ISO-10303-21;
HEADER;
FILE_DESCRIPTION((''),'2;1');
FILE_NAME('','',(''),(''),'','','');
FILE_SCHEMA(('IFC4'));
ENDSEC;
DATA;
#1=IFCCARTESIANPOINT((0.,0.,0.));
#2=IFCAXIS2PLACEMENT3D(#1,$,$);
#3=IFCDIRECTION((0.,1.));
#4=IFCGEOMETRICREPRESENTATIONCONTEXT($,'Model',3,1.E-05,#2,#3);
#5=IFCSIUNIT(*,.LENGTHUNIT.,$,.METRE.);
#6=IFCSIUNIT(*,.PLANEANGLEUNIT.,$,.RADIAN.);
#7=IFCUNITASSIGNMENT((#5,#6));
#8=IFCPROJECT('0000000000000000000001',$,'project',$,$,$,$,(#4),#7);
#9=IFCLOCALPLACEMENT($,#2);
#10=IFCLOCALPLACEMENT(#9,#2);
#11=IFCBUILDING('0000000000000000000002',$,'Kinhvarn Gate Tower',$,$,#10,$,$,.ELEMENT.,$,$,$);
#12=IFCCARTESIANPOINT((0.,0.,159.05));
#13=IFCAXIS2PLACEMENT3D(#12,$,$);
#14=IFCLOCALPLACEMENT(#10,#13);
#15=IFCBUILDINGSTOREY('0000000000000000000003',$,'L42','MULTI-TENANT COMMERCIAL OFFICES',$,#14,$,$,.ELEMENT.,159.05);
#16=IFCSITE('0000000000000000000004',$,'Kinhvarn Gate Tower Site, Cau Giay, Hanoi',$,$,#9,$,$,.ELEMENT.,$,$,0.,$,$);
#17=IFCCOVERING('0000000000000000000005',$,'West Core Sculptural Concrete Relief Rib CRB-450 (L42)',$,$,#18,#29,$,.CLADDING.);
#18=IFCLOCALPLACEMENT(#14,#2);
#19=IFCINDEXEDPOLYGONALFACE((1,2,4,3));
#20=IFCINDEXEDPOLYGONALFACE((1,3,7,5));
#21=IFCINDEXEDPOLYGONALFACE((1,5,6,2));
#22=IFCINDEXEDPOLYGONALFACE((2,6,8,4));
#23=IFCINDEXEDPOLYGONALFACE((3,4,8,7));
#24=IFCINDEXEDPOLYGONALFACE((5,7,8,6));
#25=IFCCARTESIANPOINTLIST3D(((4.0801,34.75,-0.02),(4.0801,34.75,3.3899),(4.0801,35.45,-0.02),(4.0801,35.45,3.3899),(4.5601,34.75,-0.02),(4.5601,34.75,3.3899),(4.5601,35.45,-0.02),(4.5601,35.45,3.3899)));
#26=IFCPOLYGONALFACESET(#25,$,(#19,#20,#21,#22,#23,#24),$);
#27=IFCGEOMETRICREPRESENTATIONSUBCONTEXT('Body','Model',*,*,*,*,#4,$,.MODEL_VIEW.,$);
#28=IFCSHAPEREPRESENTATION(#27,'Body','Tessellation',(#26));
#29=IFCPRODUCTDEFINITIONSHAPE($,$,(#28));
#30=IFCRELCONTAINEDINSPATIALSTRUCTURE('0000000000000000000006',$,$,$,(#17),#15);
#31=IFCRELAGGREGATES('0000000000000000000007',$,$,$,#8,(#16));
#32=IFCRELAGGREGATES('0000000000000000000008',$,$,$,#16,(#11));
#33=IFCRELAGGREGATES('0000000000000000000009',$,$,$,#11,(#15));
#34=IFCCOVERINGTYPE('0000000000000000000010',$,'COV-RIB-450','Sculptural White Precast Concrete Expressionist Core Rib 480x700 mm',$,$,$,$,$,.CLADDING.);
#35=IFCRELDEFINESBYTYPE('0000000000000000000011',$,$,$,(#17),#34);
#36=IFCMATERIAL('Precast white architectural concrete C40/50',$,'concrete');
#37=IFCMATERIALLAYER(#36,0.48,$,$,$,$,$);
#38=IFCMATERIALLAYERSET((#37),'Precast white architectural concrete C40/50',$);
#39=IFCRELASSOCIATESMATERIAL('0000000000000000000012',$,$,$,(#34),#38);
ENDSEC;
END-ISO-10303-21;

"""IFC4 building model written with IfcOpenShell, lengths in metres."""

from ifc_helpers import new_model, si_unit, direction, frame, origin, place, context, subcontext, project, spatial, polyline, outline, extrude, material, layer, layer_set, type_object, element, save


model = new_model("IFC4")

# Units and contexts
model_context = context("Model", 3, precision=1e-05, world=origin(), true_north=direction((0.0, 1.0)))
body_context = subcontext(model_context, "Body", "Model", "MODEL_VIEW")
ifc_project = project(units=[si_unit("LENGTHUNIT", "METRE"), si_unit("PLANEANGLEUNIT", "RADIAN")], contexts=[model_context])

# Site, building, storey
site_placement = place(None, origin())
site = spatial("IfcSite", under=ifc_project, at=site_placement, Name="Kinhvarn Gate Tower Site, Cau Giay, Hanoi", CompositionType="ELEMENT", RefElevation=0.0)
building_placement = place(site_placement, origin())
building = spatial("IfcBuilding", under=site, at=building_placement, Name="Kinhvarn Gate Tower", CompositionType="ELEMENT")
storey_placement = place(building_placement, frame((0.0, 0.0, 159.05)))
storey = spatial("IfcBuildingStorey", under=building, at=storey_placement, Name="L42", Description="MULTI-TENANT COMMERCIAL OFFICES", CompositionType="ELEMENT", Elevation=159.05)

# Shared definitions
ifc_material_1 = material(Name="Precast white architectural concrete C40/50", Category="concrete")

# Covering
ifc_layer_1 = layer(ifc_material_1, 0.48)
ifc_layer_set_1 = layer_set([ifc_layer_1], Name="Precast white architectural concrete C40/50")
covering_type_1 = type_object("IfcCoveringType", Name="COV-RIB-450", Description="Sculptural White Precast Concrete Expressionist Core Rib 480x700 mm", PredefinedType="CLADDING", material=ifc_layer_set_1)
covering_1_placement = place(storey_placement, frame((0.0, 0.0, -0.02)))
element("IfcCovering", 1, at=covering_1_placement, inside=storey, type_object=covering_type_1, Name="West Core Sculptural Concrete Relief Rib CRB-450 (L42)", PredefinedType="CLADDING", context=body_context, shape_type="SweptSolid", body=[
    extrude(outline(polyline([(4.0801, 34.75), (4.5601, 34.75), (4.5601, 35.45), (4.0801, 35.45), (4.0801, 34.75)])), origin(), (0.0, 0.0, 1.0), 3.4099),
])

save(model, "model.ifc")
